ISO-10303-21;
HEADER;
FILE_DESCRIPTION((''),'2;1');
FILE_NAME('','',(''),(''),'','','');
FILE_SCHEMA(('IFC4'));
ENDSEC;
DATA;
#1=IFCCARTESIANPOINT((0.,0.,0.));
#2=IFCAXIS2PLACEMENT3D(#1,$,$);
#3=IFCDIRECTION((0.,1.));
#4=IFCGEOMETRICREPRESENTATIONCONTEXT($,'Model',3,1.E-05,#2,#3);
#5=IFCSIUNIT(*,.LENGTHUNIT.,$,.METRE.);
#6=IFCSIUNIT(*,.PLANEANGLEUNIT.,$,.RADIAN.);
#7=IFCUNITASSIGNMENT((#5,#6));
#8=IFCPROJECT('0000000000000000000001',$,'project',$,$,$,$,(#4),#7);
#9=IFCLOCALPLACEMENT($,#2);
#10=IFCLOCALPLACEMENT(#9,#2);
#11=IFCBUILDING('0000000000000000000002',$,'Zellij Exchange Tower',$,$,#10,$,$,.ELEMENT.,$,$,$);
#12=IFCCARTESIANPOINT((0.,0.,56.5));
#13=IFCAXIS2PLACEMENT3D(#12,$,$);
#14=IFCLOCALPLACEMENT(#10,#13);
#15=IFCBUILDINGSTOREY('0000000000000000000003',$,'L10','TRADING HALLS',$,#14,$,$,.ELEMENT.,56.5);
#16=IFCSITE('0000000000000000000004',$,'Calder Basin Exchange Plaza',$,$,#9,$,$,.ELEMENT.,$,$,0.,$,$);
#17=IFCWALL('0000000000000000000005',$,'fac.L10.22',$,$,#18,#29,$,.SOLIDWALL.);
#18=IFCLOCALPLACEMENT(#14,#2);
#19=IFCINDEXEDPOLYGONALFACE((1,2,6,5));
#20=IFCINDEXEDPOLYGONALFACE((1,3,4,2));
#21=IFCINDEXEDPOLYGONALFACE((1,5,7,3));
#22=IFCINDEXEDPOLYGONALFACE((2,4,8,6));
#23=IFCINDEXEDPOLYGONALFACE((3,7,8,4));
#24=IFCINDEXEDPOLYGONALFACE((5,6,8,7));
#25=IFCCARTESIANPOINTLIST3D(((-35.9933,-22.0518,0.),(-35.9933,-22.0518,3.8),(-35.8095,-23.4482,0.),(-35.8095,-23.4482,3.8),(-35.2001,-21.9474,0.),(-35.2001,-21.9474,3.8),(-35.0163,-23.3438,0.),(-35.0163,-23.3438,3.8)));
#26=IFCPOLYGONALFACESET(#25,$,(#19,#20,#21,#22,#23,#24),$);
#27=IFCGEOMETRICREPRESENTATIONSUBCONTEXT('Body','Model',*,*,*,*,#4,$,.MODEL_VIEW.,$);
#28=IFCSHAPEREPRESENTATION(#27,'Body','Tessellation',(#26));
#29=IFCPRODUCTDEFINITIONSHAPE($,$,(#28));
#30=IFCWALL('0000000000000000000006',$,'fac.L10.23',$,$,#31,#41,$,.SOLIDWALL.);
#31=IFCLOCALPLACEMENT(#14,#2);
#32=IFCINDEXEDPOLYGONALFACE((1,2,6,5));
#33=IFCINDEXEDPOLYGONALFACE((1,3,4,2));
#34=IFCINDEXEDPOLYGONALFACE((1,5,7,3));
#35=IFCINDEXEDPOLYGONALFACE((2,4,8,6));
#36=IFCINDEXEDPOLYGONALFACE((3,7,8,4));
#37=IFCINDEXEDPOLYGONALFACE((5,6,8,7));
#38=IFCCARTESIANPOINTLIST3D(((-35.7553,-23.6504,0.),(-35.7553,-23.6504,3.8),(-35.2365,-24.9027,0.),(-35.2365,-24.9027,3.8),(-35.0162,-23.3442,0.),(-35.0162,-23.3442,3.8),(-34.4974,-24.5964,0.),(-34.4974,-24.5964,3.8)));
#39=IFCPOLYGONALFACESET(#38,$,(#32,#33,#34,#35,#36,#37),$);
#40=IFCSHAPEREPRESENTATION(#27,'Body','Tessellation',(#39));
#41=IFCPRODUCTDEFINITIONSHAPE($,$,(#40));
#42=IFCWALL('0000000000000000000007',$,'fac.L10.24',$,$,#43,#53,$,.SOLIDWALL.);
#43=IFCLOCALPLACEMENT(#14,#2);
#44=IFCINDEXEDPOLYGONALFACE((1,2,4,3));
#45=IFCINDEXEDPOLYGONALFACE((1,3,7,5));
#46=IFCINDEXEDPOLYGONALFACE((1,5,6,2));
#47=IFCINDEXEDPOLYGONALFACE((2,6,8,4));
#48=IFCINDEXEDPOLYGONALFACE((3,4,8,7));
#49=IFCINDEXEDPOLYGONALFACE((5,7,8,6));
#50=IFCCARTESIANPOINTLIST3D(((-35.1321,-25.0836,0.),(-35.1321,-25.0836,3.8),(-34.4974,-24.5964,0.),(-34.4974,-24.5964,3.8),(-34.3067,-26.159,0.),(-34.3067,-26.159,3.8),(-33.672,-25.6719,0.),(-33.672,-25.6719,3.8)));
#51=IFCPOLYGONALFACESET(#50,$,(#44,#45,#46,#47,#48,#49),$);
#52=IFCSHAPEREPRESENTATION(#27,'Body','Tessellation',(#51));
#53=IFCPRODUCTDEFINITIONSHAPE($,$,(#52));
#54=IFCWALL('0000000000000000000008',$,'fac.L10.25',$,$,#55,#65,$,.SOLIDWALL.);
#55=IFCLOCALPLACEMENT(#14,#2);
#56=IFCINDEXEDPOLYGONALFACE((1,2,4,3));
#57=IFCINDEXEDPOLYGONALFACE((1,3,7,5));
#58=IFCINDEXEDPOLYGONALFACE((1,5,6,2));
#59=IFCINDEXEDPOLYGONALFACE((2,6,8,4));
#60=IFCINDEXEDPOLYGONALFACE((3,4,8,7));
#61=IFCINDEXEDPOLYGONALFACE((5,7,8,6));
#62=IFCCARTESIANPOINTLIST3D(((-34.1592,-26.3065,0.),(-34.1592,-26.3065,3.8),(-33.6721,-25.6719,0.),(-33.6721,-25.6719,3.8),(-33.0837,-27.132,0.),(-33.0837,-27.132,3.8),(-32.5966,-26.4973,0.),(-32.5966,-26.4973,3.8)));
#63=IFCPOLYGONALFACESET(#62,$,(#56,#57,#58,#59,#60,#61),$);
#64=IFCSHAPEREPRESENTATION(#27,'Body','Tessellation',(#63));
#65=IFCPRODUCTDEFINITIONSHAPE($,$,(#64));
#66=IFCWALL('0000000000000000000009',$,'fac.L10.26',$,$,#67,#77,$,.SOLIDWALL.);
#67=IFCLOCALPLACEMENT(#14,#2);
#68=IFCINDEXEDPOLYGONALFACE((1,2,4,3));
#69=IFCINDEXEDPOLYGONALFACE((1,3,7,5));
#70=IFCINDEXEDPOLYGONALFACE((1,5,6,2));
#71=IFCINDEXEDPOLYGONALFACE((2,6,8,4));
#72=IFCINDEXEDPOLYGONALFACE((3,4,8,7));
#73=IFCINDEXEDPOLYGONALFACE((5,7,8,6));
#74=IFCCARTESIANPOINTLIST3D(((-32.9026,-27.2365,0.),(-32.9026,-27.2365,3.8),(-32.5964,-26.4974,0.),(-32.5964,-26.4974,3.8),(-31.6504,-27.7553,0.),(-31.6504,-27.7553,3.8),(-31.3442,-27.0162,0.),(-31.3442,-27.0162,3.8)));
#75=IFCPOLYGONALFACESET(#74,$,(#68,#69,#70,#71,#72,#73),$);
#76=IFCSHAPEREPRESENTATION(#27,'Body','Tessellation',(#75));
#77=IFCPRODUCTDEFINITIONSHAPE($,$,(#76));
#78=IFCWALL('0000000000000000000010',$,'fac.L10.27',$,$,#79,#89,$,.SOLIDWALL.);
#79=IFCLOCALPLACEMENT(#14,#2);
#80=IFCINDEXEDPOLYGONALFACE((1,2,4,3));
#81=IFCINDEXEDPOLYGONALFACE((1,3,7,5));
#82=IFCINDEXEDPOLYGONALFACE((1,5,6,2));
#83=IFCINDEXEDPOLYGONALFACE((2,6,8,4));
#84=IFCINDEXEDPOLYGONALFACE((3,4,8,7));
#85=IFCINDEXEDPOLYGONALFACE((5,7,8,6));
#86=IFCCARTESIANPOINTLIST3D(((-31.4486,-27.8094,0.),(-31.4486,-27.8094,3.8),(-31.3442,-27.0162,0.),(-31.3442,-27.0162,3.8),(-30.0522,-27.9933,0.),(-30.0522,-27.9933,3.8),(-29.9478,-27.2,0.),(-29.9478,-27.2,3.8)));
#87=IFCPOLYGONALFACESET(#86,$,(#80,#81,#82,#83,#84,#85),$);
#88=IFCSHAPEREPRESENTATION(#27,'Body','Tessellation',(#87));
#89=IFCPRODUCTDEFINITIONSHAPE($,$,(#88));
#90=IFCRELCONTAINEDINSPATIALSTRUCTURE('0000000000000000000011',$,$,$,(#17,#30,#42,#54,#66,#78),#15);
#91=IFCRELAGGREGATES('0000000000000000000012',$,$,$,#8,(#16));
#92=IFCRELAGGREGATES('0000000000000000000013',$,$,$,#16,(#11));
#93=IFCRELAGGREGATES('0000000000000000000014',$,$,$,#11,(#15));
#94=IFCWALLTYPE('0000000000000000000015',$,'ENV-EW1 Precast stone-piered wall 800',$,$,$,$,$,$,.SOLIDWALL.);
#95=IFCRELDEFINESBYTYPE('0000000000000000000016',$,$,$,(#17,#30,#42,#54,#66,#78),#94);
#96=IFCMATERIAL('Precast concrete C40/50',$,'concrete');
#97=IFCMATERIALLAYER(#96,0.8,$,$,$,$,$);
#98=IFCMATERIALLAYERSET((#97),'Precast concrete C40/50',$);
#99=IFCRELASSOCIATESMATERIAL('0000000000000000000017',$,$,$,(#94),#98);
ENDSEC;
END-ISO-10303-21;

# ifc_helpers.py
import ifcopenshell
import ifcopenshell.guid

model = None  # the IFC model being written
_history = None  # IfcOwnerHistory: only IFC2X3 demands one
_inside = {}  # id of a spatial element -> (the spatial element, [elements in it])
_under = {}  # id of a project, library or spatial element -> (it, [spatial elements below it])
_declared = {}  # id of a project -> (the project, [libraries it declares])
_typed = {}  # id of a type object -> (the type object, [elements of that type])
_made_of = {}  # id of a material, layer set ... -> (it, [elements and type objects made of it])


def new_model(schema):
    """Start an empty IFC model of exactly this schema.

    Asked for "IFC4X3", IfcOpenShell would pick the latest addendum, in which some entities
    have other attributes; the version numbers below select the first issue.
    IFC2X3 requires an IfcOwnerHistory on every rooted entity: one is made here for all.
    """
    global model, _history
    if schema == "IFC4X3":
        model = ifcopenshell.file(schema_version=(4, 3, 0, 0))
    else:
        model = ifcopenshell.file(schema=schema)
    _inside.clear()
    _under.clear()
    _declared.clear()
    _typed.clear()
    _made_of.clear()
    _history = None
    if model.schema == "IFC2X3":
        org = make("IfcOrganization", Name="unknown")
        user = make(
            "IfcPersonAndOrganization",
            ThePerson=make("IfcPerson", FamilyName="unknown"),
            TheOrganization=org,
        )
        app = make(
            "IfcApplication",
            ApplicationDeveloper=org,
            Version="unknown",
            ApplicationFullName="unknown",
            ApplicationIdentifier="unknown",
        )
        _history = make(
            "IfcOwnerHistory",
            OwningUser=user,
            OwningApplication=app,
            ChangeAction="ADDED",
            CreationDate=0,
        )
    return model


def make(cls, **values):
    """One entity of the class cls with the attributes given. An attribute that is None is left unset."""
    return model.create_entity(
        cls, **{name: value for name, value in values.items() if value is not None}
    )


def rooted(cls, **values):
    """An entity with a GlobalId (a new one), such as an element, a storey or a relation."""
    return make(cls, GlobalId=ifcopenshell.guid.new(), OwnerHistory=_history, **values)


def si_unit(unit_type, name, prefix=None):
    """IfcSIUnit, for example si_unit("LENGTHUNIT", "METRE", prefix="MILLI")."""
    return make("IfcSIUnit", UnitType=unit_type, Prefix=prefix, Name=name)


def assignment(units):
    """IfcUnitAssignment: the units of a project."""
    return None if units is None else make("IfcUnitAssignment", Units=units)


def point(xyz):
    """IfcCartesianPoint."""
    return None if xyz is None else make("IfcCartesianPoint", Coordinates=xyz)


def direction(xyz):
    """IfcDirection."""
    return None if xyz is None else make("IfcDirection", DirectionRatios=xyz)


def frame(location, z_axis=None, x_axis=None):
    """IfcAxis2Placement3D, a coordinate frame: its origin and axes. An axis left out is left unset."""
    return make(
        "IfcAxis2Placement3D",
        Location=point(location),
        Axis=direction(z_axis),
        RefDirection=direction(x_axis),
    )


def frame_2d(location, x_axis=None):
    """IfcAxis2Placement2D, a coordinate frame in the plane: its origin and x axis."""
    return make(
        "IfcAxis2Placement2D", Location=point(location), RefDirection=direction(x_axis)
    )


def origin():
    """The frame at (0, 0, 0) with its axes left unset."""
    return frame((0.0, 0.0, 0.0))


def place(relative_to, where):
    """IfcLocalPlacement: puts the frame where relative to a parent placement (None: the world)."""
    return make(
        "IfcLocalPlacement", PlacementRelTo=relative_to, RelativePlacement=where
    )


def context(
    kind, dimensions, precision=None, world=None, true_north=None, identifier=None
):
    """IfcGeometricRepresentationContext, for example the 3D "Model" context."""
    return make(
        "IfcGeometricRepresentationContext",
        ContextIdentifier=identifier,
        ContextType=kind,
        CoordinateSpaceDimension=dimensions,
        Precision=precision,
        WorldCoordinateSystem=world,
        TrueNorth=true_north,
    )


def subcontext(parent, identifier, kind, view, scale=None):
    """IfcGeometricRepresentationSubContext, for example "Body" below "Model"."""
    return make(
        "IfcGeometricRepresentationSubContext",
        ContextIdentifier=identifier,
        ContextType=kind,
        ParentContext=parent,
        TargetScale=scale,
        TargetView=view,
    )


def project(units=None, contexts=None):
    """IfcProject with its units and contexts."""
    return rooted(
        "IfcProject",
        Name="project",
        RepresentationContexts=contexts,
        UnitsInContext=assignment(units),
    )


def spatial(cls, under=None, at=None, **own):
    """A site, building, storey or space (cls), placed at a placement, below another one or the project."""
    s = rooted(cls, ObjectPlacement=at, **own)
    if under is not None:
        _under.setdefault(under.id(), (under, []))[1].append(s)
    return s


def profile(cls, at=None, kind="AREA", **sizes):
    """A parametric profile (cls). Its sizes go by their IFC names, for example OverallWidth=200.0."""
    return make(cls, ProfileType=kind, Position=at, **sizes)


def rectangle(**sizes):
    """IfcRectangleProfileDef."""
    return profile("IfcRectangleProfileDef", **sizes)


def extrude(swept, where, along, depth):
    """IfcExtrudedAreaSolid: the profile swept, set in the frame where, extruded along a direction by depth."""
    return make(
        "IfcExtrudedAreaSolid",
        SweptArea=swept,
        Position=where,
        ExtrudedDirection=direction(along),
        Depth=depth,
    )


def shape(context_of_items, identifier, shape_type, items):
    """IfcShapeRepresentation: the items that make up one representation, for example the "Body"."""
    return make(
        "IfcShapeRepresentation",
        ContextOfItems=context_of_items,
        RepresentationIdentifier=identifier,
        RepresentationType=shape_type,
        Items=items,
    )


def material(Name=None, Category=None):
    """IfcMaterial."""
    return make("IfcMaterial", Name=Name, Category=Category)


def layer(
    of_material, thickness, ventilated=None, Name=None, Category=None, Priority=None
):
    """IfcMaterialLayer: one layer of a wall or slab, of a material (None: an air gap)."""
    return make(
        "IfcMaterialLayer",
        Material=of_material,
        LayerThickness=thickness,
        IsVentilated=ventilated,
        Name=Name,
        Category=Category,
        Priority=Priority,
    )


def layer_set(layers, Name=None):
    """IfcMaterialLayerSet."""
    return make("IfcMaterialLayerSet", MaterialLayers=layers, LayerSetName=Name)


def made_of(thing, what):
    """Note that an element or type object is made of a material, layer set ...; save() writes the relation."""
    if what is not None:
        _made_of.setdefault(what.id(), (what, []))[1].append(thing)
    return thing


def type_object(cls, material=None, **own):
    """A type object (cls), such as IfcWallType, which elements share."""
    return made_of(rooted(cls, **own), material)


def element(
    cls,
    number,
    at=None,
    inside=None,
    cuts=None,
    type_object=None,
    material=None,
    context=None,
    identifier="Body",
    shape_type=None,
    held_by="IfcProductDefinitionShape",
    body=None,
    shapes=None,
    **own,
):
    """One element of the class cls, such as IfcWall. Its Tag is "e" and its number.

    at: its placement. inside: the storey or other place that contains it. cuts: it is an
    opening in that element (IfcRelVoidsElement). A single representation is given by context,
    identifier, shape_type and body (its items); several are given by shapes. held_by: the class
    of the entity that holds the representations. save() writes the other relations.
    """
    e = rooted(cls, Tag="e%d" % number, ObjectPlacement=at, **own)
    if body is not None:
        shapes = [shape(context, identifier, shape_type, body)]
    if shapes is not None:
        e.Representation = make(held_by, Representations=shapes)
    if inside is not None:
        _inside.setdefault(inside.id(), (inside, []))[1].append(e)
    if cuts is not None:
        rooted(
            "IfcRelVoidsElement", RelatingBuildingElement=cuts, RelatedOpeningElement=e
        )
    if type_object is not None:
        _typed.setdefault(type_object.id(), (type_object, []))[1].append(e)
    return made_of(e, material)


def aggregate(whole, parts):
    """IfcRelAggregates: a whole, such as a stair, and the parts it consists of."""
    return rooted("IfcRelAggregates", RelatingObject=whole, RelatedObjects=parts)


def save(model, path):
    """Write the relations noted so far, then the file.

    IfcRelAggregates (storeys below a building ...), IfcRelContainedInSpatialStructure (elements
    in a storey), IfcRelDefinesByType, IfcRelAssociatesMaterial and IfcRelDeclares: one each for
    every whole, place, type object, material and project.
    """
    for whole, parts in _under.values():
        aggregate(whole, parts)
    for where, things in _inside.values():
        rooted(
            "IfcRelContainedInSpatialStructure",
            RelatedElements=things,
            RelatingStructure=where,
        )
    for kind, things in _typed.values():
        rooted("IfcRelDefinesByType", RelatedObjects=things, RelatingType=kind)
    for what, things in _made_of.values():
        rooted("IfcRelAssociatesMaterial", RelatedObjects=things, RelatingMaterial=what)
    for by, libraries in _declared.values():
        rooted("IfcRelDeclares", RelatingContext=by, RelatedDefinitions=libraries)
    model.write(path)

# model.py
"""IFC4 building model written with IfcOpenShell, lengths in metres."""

from ifc_helpers import new_model, si_unit, direction, frame, frame_2d, origin, place, context, subcontext, project, spatial, rectangle, extrude, material, layer, layer_set, type_object, element, save


model = new_model("IFC4")

# Units and contexts
model_context = context("Model", 3, precision=1e-05, world=origin(), true_north=direction((0.0, 1.0)))
body_context = subcontext(model_context, "Body", "Model", "MODEL_VIEW")
ifc_project = project(units=[si_unit("LENGTHUNIT", "METRE"), si_unit("PLANEANGLEUNIT", "RADIAN")], contexts=[model_context])

# Site, building, storey
site_placement = place(None, origin())
site = spatial("IfcSite", under=ifc_project, at=site_placement, Name="Calder Basin Exchange Plaza", CompositionType="ELEMENT", RefElevation=0.0)
building_placement = place(site_placement, origin())
building = spatial("IfcBuilding", under=site, at=building_placement, Name="Zellij Exchange Tower", CompositionType="ELEMENT")
storey_placement = place(building_placement, frame((0.0, 0.0, 56.5)))
storey = spatial("IfcBuildingStorey", under=building, at=storey_placement, Name="L10", Description="TRADING HALLS", CompositionType="ELEMENT", Elevation=56.5)

# Walls
ifc_material_1 = material(Name="Precast concrete C40/50", Category="concrete")
ifc_layer = layer(ifc_material_1, 0.8)
ifc_layer_set = layer_set([ifc_layer], Name="Precast concrete C40/50")
wall_type = type_object("IfcWallType", Name="ENV-EW1 Precast stone-piered wall 800", PredefinedType="SOLIDWALL", material=ifc_layer_set)
wall_1_placement = place(storey_placement, frame((-35.5967, -21.9998, 0.0), z_axis=(0.0, 0.0, 1.0), x_axis=(0.130517, -0.991446, 0.0)))
element("IfcWall", 1, at=wall_1_placement, inside=storey, type_object=wall_type, Name="fac.L10.22", PredefinedType="SOLIDWALL", context=body_context, shape_type="SweptSolid", body=[
    extrude(rectangle(XDim=1.4084, YDim=0.8, at=frame_2d((0.7041, 0.0))), origin(), (0.0, 0.0, 1.0), 3.8),
])
wall_2_placement = place(storey_placement, frame((-35.3857, -23.4973, 0.0), z_axis=(0.0, 0.0, 1.0), x_axis=(0.38276, -0.923848, 0.0)))
element("IfcWall", 2, at=wall_2_placement, inside=storey, type_object=wall_type, Name="fac.L10.23", PredefinedType="SOLIDWALL", context=body_context, shape_type="SweptSolid", body=[
    extrude(rectangle(XDim=1.3555, YDim=0.8, at=frame_2d((0.6777, 0.0))), origin(), (0.0, 0.0, 1.0), 3.8),
])
for number, where, z_axis, x_axis, name in (
    (3, (-34.8147, -24.8401, 0.0), (0.0, 0.0, 1.0), (0.608866, -0.793273, 0.0), "fac.L10.24"),
    (4, (-33.9155, -25.9893, 0.0), (0.0, 0.0, 1.0), (0.793273, -0.608866, 0.0), "fac.L10.25"),
):
    element("IfcWall", number, at=place(storey_placement, frame(where, z_axis=z_axis, x_axis=x_axis)), inside=storey, type_object=wall_type, Name=name, PredefinedType="SOLIDWALL", context=body_context, shape_type="SweptSolid", body=[
        extrude(rectangle(XDim=1.3557, YDim=0.8, at=frame_2d((0.6777, 0.0))), origin(), (0.0, 0.0, 1.0), 3.8),
    ])
wall_3_placement = place(storey_placement, frame((-32.7495, -26.8669, 0.0), z_axis=(0.0, 0.0, 1.0), x_axis=(0.923848, -0.38276, 0.0)))
element("IfcWall", 5, at=wall_3_placement, inside=storey, type_object=wall_type, Name="fac.L10.26", PredefinedType="SOLIDWALL", context=body_context, shape_type="SweptSolid", body=[
    extrude(rectangle(XDim=1.3555, YDim=0.8, at=frame_2d((0.6777, 0.0))), origin(), (0.0, 0.0, 1.0), 3.8),
])
wall_4_placement = place(storey_placement, frame((-31.3962, -27.4128, 0.0), z_axis=(0.0, 0.0, 1.0), x_axis=(0.991446, -0.130517, 0.0)))
element("IfcWall", 6, at=wall_4_placement, inside=storey, type_object=wall_type, Name="fac.L10.27", PredefinedType="SOLIDWALL", context=body_context, shape_type="SweptSolid", body=[
    extrude(rectangle(XDim=1.4084, YDim=0.8, at=frame_2d((0.7041, 0.0))), origin(), (0.0, 0.0, 1.0), 3.8),
])

save(model, "model.ifc")
